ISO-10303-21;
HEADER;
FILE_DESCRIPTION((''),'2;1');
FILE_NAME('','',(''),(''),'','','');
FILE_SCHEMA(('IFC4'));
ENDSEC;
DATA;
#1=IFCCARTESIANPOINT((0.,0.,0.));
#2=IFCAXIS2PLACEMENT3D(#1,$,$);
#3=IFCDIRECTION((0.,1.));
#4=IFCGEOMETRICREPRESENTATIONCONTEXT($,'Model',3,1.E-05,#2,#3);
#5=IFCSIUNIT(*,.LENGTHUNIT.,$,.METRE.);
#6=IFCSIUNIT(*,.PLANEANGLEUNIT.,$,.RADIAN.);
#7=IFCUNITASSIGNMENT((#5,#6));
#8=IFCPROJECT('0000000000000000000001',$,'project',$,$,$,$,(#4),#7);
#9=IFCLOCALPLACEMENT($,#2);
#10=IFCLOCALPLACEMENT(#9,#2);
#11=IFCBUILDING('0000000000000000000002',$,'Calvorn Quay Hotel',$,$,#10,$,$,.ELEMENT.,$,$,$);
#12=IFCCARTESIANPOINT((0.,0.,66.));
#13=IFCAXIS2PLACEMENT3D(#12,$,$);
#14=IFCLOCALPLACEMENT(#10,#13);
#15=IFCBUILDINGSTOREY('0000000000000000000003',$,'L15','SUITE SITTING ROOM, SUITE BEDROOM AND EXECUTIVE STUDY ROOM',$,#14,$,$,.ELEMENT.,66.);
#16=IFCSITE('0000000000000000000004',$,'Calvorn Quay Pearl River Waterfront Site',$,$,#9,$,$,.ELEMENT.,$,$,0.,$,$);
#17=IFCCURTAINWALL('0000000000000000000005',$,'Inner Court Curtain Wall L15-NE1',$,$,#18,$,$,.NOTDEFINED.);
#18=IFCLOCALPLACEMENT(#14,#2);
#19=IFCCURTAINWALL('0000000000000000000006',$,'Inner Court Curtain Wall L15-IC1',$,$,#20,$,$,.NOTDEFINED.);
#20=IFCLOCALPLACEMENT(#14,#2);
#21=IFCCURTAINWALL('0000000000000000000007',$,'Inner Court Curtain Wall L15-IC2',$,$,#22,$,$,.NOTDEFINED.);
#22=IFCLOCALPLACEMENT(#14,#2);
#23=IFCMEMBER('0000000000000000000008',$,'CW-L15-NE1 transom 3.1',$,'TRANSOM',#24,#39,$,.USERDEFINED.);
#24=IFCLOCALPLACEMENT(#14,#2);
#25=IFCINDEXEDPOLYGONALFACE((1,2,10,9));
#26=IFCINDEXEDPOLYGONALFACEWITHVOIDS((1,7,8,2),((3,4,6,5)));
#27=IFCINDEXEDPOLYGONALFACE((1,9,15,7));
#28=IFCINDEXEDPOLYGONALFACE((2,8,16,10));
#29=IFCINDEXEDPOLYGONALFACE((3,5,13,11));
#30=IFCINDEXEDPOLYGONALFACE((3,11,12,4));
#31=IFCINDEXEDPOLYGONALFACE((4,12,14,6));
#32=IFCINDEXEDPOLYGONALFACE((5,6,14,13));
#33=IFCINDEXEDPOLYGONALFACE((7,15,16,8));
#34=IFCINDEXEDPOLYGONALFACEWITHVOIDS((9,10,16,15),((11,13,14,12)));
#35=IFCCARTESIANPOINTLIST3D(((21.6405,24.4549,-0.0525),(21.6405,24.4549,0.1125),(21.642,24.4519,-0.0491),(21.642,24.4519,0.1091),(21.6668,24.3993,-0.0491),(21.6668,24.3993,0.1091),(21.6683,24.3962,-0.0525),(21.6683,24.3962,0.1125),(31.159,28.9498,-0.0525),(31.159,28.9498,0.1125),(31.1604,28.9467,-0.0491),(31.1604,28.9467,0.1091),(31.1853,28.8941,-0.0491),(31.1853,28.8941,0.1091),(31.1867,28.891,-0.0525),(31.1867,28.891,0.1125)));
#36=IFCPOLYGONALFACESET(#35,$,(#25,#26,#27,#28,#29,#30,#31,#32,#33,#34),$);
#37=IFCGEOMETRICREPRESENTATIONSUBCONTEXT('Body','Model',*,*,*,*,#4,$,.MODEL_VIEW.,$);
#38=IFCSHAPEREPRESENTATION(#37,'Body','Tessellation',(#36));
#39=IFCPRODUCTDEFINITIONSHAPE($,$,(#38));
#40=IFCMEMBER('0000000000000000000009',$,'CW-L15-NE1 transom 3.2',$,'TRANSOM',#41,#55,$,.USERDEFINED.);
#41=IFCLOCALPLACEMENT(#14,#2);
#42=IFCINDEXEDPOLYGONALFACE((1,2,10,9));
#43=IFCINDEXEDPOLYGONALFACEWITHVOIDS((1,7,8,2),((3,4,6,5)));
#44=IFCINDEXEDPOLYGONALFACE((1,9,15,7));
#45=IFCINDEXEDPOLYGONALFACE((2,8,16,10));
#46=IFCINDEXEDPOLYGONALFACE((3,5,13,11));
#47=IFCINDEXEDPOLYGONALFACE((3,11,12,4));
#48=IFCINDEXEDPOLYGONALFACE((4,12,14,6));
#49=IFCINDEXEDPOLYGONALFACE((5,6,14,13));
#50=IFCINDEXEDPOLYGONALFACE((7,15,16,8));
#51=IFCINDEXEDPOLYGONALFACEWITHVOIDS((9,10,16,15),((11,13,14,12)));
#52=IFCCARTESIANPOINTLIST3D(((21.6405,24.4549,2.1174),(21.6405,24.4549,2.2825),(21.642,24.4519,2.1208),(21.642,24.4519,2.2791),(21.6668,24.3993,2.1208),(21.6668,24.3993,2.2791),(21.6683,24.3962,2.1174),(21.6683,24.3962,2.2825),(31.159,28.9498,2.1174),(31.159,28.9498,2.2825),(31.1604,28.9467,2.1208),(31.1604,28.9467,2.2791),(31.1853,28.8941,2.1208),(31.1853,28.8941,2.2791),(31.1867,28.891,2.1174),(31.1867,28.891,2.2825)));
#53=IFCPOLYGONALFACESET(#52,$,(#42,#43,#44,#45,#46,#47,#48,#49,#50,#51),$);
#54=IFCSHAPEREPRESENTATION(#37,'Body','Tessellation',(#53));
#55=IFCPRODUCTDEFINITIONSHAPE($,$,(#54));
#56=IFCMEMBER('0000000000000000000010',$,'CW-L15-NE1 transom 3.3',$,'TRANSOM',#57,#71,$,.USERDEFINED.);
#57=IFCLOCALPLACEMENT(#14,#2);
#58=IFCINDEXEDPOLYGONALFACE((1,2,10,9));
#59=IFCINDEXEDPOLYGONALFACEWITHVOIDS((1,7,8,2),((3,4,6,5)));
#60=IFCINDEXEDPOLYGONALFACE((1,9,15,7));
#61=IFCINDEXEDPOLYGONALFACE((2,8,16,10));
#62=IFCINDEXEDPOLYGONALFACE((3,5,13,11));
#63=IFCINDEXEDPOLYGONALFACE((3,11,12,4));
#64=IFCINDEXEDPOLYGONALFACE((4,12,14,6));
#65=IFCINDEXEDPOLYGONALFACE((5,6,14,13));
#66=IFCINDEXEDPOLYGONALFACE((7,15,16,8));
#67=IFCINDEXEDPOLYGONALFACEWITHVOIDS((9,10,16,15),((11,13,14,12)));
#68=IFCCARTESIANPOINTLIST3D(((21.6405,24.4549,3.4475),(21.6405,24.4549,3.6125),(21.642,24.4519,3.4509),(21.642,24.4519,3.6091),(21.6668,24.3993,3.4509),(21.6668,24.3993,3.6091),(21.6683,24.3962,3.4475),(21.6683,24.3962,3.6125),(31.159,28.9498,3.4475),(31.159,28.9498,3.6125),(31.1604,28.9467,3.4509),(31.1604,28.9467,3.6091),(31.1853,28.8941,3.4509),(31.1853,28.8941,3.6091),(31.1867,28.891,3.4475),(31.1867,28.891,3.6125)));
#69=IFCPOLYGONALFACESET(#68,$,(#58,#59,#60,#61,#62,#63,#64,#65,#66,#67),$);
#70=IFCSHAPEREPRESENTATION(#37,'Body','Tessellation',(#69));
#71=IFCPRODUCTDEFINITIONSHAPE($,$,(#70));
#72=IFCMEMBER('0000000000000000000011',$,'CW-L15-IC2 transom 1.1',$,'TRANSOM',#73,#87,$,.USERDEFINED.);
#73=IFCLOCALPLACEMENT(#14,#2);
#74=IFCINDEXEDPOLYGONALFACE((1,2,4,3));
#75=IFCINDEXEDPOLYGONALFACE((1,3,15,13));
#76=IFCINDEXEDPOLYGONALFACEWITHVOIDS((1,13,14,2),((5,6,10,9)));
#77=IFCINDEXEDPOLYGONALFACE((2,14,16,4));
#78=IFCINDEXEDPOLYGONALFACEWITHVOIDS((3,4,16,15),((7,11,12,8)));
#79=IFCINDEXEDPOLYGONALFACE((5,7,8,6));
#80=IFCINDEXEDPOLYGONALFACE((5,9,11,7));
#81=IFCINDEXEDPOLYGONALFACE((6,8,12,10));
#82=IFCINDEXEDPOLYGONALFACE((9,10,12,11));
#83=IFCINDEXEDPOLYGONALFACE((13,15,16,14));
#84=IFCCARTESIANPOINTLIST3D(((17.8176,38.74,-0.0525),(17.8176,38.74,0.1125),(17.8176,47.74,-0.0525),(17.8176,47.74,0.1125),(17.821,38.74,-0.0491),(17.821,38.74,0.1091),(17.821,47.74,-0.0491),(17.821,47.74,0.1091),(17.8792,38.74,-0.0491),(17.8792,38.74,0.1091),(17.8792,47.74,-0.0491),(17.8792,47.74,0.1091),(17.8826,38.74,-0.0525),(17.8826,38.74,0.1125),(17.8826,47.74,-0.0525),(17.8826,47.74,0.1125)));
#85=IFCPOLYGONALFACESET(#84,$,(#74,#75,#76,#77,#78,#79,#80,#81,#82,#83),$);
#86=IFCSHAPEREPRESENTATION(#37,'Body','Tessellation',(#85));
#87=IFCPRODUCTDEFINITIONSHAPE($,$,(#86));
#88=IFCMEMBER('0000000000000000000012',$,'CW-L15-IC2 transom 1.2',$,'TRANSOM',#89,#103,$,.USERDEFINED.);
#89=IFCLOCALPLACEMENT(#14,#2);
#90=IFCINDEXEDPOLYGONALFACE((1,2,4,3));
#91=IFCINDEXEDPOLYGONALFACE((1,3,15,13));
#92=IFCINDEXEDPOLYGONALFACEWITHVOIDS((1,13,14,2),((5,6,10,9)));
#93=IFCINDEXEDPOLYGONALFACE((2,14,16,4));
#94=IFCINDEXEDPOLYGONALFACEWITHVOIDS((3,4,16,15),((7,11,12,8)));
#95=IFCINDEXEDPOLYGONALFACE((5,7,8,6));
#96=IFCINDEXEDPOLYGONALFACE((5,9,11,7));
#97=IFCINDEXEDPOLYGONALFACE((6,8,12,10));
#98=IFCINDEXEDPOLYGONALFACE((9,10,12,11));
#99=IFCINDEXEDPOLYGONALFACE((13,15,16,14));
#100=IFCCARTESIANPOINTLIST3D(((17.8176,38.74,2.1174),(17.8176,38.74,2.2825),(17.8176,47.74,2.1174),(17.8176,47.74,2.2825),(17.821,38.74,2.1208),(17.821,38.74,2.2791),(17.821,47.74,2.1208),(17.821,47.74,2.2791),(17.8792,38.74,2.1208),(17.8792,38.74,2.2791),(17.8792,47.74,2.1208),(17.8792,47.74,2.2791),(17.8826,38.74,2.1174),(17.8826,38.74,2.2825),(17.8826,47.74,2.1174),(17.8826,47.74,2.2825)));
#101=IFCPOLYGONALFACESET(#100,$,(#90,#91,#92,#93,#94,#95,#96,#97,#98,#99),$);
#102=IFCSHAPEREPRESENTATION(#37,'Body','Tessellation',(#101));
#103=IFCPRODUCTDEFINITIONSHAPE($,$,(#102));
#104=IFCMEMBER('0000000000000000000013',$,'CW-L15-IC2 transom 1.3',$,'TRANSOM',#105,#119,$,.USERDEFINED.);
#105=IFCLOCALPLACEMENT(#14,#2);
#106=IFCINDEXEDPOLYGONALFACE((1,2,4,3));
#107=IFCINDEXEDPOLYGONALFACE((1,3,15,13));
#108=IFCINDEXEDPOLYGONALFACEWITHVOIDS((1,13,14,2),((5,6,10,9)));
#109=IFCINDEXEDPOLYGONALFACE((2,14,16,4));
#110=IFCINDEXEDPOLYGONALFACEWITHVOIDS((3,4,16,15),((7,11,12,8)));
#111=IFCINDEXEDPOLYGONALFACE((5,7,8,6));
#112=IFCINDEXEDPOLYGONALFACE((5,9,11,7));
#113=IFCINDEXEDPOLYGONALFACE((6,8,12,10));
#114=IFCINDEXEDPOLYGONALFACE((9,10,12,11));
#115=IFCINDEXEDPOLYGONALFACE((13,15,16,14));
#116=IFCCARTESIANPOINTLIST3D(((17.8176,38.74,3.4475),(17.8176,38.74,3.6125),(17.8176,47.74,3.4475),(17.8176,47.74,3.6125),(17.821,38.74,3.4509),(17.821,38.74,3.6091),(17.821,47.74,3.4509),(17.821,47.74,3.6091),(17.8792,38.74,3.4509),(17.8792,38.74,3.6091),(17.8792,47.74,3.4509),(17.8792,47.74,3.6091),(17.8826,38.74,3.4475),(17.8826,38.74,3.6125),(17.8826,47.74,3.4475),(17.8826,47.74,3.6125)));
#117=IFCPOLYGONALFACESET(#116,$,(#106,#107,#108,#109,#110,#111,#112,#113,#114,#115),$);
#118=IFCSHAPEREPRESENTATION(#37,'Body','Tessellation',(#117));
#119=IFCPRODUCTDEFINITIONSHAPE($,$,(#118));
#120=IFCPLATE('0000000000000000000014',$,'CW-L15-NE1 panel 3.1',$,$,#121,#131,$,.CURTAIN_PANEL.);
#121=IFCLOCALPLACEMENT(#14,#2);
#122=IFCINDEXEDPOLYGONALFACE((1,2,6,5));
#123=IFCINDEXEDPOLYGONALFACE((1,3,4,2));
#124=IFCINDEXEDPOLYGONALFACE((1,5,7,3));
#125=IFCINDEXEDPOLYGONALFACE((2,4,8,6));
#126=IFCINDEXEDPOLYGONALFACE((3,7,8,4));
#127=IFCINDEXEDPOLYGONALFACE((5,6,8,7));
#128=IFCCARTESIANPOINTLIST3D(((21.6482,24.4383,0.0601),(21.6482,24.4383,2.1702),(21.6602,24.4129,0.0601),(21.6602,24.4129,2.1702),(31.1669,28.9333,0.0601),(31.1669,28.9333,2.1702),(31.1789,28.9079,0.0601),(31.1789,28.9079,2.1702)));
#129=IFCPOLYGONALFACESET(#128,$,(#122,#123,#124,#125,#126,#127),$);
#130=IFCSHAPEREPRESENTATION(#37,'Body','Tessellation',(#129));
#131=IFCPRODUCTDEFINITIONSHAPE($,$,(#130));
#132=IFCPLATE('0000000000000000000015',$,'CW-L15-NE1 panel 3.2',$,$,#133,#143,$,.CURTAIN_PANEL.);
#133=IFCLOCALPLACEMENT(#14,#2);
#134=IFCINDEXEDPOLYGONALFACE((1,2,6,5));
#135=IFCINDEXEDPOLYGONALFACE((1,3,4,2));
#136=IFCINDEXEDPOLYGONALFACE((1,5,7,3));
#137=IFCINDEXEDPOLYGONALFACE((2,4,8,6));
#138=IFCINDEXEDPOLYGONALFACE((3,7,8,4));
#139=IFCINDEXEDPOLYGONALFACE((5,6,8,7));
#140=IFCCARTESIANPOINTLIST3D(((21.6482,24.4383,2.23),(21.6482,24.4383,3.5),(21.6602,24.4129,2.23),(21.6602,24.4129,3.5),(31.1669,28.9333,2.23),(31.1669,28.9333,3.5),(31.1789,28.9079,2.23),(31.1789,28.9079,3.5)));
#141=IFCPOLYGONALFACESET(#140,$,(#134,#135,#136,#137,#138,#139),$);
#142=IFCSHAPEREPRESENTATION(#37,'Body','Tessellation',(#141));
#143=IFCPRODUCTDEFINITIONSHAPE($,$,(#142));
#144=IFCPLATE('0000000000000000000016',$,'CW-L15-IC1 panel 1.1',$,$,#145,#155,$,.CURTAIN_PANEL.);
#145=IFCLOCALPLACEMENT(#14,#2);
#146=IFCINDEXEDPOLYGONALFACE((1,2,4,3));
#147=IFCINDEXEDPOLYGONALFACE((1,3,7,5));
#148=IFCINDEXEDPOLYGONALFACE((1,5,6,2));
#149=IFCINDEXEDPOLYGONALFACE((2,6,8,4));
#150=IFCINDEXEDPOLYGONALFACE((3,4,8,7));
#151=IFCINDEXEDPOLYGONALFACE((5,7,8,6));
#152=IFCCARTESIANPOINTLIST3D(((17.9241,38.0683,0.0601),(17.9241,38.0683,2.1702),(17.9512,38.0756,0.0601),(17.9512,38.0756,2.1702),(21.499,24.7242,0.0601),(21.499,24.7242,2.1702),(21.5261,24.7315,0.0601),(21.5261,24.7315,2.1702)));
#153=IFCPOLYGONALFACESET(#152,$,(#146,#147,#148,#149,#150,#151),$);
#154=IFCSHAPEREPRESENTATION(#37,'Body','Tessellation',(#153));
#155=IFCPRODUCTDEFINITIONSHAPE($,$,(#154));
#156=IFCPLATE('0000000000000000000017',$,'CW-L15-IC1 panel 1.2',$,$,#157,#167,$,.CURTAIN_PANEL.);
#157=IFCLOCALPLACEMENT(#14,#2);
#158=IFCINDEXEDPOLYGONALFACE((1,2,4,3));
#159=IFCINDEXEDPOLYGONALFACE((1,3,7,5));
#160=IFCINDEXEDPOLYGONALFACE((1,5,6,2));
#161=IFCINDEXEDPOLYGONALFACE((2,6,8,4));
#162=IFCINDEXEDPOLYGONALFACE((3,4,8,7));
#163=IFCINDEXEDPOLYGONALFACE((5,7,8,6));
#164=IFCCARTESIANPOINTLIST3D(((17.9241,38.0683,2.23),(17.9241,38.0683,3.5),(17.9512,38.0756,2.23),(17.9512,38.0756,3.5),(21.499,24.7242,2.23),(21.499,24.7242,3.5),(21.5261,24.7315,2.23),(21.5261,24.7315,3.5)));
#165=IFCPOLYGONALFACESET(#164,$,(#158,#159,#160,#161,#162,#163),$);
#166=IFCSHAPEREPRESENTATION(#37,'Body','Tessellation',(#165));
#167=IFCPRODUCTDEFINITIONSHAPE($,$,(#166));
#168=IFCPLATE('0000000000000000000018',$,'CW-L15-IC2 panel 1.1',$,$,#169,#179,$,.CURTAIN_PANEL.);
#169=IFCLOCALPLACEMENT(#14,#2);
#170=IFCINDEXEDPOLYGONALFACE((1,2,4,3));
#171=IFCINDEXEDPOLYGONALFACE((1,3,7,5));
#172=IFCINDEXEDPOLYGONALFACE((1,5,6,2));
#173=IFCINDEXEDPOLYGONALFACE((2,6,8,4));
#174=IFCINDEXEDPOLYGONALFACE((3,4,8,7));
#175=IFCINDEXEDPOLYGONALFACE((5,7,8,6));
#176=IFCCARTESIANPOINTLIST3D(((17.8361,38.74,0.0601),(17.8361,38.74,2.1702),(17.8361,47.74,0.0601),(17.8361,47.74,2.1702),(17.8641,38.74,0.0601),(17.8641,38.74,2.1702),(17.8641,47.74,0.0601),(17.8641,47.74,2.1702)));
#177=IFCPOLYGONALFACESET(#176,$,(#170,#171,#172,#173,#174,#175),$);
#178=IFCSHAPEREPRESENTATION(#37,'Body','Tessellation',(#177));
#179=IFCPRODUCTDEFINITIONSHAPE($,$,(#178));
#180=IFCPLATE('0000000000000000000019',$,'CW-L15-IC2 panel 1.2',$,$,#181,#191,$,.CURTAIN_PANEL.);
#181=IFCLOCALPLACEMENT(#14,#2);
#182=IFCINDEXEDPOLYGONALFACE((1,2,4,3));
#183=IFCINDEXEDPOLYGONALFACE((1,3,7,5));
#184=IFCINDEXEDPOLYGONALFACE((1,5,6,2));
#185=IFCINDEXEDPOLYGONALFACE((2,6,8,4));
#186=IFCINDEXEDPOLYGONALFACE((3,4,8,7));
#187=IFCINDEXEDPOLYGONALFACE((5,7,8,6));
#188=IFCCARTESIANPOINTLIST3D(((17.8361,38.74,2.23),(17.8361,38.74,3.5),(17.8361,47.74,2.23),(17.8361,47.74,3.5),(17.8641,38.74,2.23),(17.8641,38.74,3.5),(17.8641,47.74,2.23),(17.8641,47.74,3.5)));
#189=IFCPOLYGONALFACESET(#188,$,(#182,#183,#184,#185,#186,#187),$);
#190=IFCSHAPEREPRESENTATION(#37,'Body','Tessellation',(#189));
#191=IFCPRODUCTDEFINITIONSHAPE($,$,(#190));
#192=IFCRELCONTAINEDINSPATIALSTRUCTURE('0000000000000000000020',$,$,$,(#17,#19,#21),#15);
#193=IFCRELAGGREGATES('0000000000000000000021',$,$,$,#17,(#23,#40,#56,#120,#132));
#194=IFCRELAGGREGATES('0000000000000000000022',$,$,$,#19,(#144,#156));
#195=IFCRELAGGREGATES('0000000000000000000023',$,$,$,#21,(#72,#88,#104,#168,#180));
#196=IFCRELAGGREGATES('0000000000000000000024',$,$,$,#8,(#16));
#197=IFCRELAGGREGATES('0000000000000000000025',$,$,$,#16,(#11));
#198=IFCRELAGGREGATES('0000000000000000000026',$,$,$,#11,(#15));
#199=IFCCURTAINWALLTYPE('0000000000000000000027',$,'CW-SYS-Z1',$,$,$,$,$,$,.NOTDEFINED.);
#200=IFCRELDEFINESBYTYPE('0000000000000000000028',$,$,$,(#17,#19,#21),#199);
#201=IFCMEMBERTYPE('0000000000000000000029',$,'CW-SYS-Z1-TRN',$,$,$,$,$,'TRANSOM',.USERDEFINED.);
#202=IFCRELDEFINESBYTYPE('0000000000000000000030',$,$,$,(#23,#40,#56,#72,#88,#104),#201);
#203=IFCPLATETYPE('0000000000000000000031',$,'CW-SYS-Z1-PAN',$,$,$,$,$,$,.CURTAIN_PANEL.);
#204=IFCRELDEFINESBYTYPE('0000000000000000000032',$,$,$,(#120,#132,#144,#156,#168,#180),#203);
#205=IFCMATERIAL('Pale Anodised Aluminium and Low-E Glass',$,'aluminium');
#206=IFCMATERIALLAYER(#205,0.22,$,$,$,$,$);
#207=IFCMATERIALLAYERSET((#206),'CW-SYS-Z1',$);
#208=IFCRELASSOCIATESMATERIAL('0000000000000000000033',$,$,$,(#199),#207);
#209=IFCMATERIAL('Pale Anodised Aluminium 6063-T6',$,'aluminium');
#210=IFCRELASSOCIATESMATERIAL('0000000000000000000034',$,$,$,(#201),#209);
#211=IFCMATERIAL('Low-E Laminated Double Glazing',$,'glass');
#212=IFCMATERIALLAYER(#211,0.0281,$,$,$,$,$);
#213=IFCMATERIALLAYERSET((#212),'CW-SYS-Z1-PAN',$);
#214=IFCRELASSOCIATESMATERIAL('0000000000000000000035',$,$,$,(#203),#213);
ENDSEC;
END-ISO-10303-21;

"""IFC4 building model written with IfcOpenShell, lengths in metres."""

from ifc_helpers import new_model, si_unit, direction, frame, origin, origin_2d, place, context, subcontext, project, spatial, rectangle, hollow_rectangle, extrude, material, layer, layer_set, material_profile, profile_set, type_object, element, aggregate, save


model = new_model("IFC4")

# Units and contexts
model_context = context("Model", 3, precision=1e-05, world=origin(), true_north=direction((0.0, 1.0)))
body_context = subcontext(model_context, "Body", "Model", "MODEL_VIEW")
ifc_project = project(units=[si_unit("LENGTHUNIT", "METRE"), si_unit("PLANEANGLEUNIT", "RADIAN")], contexts=[model_context])

# Site, building, storey
site_placement = place(None, origin())
site = spatial("IfcSite", under=ifc_project, at=site_placement, Name="Calvorn Quay Pearl River Waterfront Site", CompositionType="ELEMENT", RefElevation=0.0)
building_placement = place(site_placement, origin())
building = spatial("IfcBuilding", under=site, at=building_placement, Name="Calvorn Quay Hotel", CompositionType="ELEMENT")
storey_placement = place(building_placement, frame((0.0, 0.0, 66.0)))
storey = spatial("IfcBuildingStorey", under=building, at=storey_placement, Name="L15", Description="SUITE SITTING ROOM, SUITE BEDROOM AND EXECUTIVE STUDY ROOM", CompositionType="ELEMENT", Elevation=66.0)

# Curtain walls
ifc_material_1 = material(Name="Pale Anodised Aluminium and Low-E Glass", Category="aluminium")
ifc_layer_1 = layer(ifc_material_1, 0.22)
ifc_layer_set_1 = layer_set([ifc_layer_1], Name="CW-SYS-Z1")
curtain_wall_type = type_object("IfcCurtainWallType", Name="CW-SYS-Z1", PredefinedType="NOTDEFINED", material=ifc_layer_set_1)
curtain_wall_1_placement = place(storey_placement, origin())
curtain_wall_1 = element("IfcCurtainWall", 1, at=curtain_wall_1_placement, inside=storey, type_object=curtain_wall_type, Name="Inner Court Curtain Wall L15-NE1", PredefinedType="NOTDEFINED")
curtain_wall_2_placement = place(storey_placement, origin())
curtain_wall_2 = element("IfcCurtainWall", 2, at=curtain_wall_2_placement, inside=storey, type_object=curtain_wall_type, Name="Inner Court Curtain Wall L15-IC1", PredefinedType="NOTDEFINED")

# Curtain wall
curtain_wall_3_placement = place(storey_placement, origin())
curtain_wall_3 = element("IfcCurtainWall", 3, at=curtain_wall_3_placement, inside=storey, type_object=curtain_wall_type, Name="Inner Court Curtain Wall L15-IC2", PredefinedType="NOTDEFINED")

# Members
ifc_material_2 = material(Name="Pale Anodised Aluminium 6063-T6", Category="aluminium")
ifc_material_profile_1 = material_profile(ifc_material_2, hollow_rectangle(XDim=0.0649, YDim=0.165, WallThickness=0.0034, at=origin_2d()), Name="ALU-T165x65x3.5")
ifc_profile_set_1 = profile_set([ifc_material_profile_1], Name="Pale Anodised Aluminium 6063-T6")
member_type_1 = type_object("IfcMemberType", Name="CW-SYS-Z1-TRN", ElementType="TRANSOM", PredefinedType="USERDEFINED", material=ifc_profile_set_1)
member_1_placement = place(storey_placement, frame((31.1729, 28.9204, 0.03), z_axis=(-0.904249, -0.427006, 0.0), x_axis=(0.427006, -0.904249, 0.0)))
member_1 = element("IfcMember", 4, at=member_1_placement, type_object=member_type_1, Name="CW-L15-NE1 transom 3.1", ObjectType="TRANSOM", PredefinedType="USERDEFINED", context=body_context, shape_type="SweptSolid", body=[
    extrude(hollow_rectangle(XDim=0.0649, YDim=0.165, WallThickness=0.0034, at=origin_2d()), origin(), (0.0, 0.0, 1.0), 10.5264),
])
member_2_placement = place(storey_placement, frame((31.1729, 28.9204, 2.2), z_axis=(-0.904249, -0.427006, 0.0), x_axis=(0.427006, -0.904249, 0.0)))
member_2 = element("IfcMember", 5, at=member_2_placement, type_object=member_type_1, Name="CW-L15-NE1 transom 3.2", ObjectType="TRANSOM", PredefinedType="USERDEFINED", context=body_context, shape_type="SweptSolid", body=[
    extrude(hollow_rectangle(XDim=0.0649, YDim=0.165, WallThickness=0.0034, at=origin_2d()), origin(), (0.0, 0.0, 1.0), 10.5264),
])
member_3_placement = place(storey_placement, frame((31.1729, 28.9204, 3.53), z_axis=(-0.904249, -0.427006, 0.0), x_axis=(0.427006, -0.904249, 0.0)))
member_3 = element("IfcMember", 6, at=member_3_placement, type_object=member_type_1, Name="CW-L15-NE1 transom 3.3", ObjectType="TRANSOM", PredefinedType="USERDEFINED", context=body_context, shape_type="SweptSolid", body=[
    extrude(hollow_rectangle(XDim=0.0649, YDim=0.165, WallThickness=0.0034, at=origin_2d()), origin(), (0.0, 0.0, 1.0), 10.5264),
])
member_4_placement = place(storey_placement, frame((17.8501, 38.74, 0.03), z_axis=(0.0, 1.0, 0.0), x_axis=(-1.0, 0.0, 0.0)))
member_4 = element("IfcMember", 7, at=member_4_placement, type_object=member_type_1, Name="CW-L15-IC2 transom 1.1", ObjectType="TRANSOM", PredefinedType="USERDEFINED", context=body_context, shape_type="SweptSolid", body=[
    extrude(hollow_rectangle(XDim=0.0649, YDim=0.165, WallThickness=0.0034, at=origin_2d()), origin(), (0.0, 0.0, 1.0), 9.0),
])
member_5_placement = place(storey_placement, frame((17.8501, 38.74, 2.2), z_axis=(0.0, 1.0, 0.0), x_axis=(-1.0, 0.0, 0.0)))
member_5 = element("IfcMember", 8, at=member_5_placement, type_object=member_type_1, Name="CW-L15-IC2 transom 1.2", ObjectType="TRANSOM", PredefinedType="USERDEFINED", context=body_context, shape_type="SweptSolid", body=[
    extrude(hollow_rectangle(XDim=0.0649, YDim=0.165, WallThickness=0.0034, at=origin_2d()), origin(), (0.0, 0.0, 1.0), 9.0),
])
member_6_placement = place(storey_placement, frame((17.8501, 38.74, 3.53), z_axis=(0.0, 1.0, 0.0), x_axis=(-1.0, 0.0, 0.0)))
member_6 = element("IfcMember", 9, at=member_6_placement, type_object=member_type_1, Name="CW-L15-IC2 transom 1.3", ObjectType="TRANSOM", PredefinedType="USERDEFINED", context=body_context, shape_type="SweptSolid", body=[
    extrude(hollow_rectangle(XDim=0.0649, YDim=0.165, WallThickness=0.0034, at=origin_2d()), origin(), (0.0, 0.0, 1.0), 9.0),
])

# Plates
ifc_material_3 = material(Name="Low-E Laminated Double Glazing", Category="glass")
ifc_layer_2 = layer(ifc_material_3, 0.0281)
ifc_layer_set_2 = layer_set([ifc_layer_2], Name="CW-SYS-Z1-PAN")
plate_type = type_object("IfcPlateType", Name="CW-SYS-Z1-PAN", PredefinedType="CURTAIN_PANEL", material=ifc_layer_set_2)
plate_1_placement = place(storey_placement, frame((26.4136, 26.6731, 0.0601), z_axis=(0.0, 0.0, 1.0), x_axis=(-0.904249, -0.427006, 0.0)))
plate_1 = element("IfcPlate", 10, at=plate_1_placement, type_object=plate_type, Name="CW-L15-NE1 panel 3.1", PredefinedType="CURTAIN_PANEL", context=body_context, shape_type="SweptSolid", body=[
    extrude(rectangle(XDim=10.5266, YDim=0.0281, at=origin_2d()), origin(), (0.0, 0.0, 1.0), 2.1101),
])
plate_2_placement = place(storey_placement, frame((26.4136, 26.6731, 2.23), z_axis=(0.0, 0.0, 1.0), x_axis=(-0.904249, -0.427006, 0.0)))
plate_2 = element("IfcPlate", 11, at=plate_2_placement, type_object=plate_type, Name="CW-L15-NE1 panel 3.2", PredefinedType="CURTAIN_PANEL", context=body_context, shape_type="SweptSolid", body=[
    extrude(rectangle(XDim=10.5266, YDim=0.0281, at=origin_2d()), origin(), (0.0, 0.0, 1.0), 1.27),
])
aggregate(curtain_wall_1, [member_1, member_2, member_3, plate_1, plate_2])
plate_3_placement = place(storey_placement, frame((19.7251, 31.3999, 0.0601), z_axis=(0.0, 0.0, 1.0), x_axis=(-0.258779, 0.965937, 0.0)))
plate_3 = element("IfcPlate", 12, at=plate_3_placement, type_object=plate_type, Name="CW-L15-IC1 panel 1.1", PredefinedType="CURTAIN_PANEL", context=body_context, shape_type="SweptSolid", body=[
    extrude(rectangle(XDim=13.8147, YDim=0.0281, at=origin_2d()), origin(), (0.0, 0.0, 1.0), 2.1101),
])
plate_4_placement = place(storey_placement, frame((19.7251, 31.3999, 2.23), z_axis=(0.0, 0.0, 1.0), x_axis=(-0.258779, 0.965937, 0.0)))
plate_4 = element("IfcPlate", 13, at=plate_4_placement, type_object=plate_type, Name="CW-L15-IC1 panel 1.2", PredefinedType="CURTAIN_PANEL", context=body_context, shape_type="SweptSolid", body=[
    extrude(rectangle(XDim=13.8147, YDim=0.0281, at=origin_2d()), origin(), (0.0, 0.0, 1.0), 1.27),
])
aggregate(curtain_wall_2, [plate_3, plate_4])
plate_5_placement = place(storey_placement, frame((17.8501, 43.24, 0.0601), z_axis=(0.0, 0.0, 1.0), x_axis=(0.0, 1.0, 0.0)))
plate_5 = element("IfcPlate", 14, at=plate_5_placement, type_object=plate_type, Name="CW-L15-IC2 panel 1.1", PredefinedType="CURTAIN_PANEL", context=body_context, shape_type="SweptSolid", body=[
    extrude(rectangle(XDim=9.0, YDim=0.0281, at=origin_2d()), origin(), (0.0, 0.0, 1.0), 2.1101),
])
plate_6_placement = place(storey_placement, frame((17.8501, 43.24, 2.23), z_axis=(0.0, 0.0, 1.0), x_axis=(0.0, 1.0, 0.0)))
plate_6 = element("IfcPlate", 15, at=plate_6_placement, type_object=plate_type, Name="CW-L15-IC2 panel 1.2", PredefinedType="CURTAIN_PANEL", context=body_context, shape_type="SweptSolid", body=[
    extrude(rectangle(XDim=9.0, YDim=0.0281, at=origin_2d()), origin(), (0.0, 0.0, 1.0), 1.27),
])
aggregate(curtain_wall_3, [member_4, member_5, member_6, plate_5, plate_6])

save(model, "model.ifc")
